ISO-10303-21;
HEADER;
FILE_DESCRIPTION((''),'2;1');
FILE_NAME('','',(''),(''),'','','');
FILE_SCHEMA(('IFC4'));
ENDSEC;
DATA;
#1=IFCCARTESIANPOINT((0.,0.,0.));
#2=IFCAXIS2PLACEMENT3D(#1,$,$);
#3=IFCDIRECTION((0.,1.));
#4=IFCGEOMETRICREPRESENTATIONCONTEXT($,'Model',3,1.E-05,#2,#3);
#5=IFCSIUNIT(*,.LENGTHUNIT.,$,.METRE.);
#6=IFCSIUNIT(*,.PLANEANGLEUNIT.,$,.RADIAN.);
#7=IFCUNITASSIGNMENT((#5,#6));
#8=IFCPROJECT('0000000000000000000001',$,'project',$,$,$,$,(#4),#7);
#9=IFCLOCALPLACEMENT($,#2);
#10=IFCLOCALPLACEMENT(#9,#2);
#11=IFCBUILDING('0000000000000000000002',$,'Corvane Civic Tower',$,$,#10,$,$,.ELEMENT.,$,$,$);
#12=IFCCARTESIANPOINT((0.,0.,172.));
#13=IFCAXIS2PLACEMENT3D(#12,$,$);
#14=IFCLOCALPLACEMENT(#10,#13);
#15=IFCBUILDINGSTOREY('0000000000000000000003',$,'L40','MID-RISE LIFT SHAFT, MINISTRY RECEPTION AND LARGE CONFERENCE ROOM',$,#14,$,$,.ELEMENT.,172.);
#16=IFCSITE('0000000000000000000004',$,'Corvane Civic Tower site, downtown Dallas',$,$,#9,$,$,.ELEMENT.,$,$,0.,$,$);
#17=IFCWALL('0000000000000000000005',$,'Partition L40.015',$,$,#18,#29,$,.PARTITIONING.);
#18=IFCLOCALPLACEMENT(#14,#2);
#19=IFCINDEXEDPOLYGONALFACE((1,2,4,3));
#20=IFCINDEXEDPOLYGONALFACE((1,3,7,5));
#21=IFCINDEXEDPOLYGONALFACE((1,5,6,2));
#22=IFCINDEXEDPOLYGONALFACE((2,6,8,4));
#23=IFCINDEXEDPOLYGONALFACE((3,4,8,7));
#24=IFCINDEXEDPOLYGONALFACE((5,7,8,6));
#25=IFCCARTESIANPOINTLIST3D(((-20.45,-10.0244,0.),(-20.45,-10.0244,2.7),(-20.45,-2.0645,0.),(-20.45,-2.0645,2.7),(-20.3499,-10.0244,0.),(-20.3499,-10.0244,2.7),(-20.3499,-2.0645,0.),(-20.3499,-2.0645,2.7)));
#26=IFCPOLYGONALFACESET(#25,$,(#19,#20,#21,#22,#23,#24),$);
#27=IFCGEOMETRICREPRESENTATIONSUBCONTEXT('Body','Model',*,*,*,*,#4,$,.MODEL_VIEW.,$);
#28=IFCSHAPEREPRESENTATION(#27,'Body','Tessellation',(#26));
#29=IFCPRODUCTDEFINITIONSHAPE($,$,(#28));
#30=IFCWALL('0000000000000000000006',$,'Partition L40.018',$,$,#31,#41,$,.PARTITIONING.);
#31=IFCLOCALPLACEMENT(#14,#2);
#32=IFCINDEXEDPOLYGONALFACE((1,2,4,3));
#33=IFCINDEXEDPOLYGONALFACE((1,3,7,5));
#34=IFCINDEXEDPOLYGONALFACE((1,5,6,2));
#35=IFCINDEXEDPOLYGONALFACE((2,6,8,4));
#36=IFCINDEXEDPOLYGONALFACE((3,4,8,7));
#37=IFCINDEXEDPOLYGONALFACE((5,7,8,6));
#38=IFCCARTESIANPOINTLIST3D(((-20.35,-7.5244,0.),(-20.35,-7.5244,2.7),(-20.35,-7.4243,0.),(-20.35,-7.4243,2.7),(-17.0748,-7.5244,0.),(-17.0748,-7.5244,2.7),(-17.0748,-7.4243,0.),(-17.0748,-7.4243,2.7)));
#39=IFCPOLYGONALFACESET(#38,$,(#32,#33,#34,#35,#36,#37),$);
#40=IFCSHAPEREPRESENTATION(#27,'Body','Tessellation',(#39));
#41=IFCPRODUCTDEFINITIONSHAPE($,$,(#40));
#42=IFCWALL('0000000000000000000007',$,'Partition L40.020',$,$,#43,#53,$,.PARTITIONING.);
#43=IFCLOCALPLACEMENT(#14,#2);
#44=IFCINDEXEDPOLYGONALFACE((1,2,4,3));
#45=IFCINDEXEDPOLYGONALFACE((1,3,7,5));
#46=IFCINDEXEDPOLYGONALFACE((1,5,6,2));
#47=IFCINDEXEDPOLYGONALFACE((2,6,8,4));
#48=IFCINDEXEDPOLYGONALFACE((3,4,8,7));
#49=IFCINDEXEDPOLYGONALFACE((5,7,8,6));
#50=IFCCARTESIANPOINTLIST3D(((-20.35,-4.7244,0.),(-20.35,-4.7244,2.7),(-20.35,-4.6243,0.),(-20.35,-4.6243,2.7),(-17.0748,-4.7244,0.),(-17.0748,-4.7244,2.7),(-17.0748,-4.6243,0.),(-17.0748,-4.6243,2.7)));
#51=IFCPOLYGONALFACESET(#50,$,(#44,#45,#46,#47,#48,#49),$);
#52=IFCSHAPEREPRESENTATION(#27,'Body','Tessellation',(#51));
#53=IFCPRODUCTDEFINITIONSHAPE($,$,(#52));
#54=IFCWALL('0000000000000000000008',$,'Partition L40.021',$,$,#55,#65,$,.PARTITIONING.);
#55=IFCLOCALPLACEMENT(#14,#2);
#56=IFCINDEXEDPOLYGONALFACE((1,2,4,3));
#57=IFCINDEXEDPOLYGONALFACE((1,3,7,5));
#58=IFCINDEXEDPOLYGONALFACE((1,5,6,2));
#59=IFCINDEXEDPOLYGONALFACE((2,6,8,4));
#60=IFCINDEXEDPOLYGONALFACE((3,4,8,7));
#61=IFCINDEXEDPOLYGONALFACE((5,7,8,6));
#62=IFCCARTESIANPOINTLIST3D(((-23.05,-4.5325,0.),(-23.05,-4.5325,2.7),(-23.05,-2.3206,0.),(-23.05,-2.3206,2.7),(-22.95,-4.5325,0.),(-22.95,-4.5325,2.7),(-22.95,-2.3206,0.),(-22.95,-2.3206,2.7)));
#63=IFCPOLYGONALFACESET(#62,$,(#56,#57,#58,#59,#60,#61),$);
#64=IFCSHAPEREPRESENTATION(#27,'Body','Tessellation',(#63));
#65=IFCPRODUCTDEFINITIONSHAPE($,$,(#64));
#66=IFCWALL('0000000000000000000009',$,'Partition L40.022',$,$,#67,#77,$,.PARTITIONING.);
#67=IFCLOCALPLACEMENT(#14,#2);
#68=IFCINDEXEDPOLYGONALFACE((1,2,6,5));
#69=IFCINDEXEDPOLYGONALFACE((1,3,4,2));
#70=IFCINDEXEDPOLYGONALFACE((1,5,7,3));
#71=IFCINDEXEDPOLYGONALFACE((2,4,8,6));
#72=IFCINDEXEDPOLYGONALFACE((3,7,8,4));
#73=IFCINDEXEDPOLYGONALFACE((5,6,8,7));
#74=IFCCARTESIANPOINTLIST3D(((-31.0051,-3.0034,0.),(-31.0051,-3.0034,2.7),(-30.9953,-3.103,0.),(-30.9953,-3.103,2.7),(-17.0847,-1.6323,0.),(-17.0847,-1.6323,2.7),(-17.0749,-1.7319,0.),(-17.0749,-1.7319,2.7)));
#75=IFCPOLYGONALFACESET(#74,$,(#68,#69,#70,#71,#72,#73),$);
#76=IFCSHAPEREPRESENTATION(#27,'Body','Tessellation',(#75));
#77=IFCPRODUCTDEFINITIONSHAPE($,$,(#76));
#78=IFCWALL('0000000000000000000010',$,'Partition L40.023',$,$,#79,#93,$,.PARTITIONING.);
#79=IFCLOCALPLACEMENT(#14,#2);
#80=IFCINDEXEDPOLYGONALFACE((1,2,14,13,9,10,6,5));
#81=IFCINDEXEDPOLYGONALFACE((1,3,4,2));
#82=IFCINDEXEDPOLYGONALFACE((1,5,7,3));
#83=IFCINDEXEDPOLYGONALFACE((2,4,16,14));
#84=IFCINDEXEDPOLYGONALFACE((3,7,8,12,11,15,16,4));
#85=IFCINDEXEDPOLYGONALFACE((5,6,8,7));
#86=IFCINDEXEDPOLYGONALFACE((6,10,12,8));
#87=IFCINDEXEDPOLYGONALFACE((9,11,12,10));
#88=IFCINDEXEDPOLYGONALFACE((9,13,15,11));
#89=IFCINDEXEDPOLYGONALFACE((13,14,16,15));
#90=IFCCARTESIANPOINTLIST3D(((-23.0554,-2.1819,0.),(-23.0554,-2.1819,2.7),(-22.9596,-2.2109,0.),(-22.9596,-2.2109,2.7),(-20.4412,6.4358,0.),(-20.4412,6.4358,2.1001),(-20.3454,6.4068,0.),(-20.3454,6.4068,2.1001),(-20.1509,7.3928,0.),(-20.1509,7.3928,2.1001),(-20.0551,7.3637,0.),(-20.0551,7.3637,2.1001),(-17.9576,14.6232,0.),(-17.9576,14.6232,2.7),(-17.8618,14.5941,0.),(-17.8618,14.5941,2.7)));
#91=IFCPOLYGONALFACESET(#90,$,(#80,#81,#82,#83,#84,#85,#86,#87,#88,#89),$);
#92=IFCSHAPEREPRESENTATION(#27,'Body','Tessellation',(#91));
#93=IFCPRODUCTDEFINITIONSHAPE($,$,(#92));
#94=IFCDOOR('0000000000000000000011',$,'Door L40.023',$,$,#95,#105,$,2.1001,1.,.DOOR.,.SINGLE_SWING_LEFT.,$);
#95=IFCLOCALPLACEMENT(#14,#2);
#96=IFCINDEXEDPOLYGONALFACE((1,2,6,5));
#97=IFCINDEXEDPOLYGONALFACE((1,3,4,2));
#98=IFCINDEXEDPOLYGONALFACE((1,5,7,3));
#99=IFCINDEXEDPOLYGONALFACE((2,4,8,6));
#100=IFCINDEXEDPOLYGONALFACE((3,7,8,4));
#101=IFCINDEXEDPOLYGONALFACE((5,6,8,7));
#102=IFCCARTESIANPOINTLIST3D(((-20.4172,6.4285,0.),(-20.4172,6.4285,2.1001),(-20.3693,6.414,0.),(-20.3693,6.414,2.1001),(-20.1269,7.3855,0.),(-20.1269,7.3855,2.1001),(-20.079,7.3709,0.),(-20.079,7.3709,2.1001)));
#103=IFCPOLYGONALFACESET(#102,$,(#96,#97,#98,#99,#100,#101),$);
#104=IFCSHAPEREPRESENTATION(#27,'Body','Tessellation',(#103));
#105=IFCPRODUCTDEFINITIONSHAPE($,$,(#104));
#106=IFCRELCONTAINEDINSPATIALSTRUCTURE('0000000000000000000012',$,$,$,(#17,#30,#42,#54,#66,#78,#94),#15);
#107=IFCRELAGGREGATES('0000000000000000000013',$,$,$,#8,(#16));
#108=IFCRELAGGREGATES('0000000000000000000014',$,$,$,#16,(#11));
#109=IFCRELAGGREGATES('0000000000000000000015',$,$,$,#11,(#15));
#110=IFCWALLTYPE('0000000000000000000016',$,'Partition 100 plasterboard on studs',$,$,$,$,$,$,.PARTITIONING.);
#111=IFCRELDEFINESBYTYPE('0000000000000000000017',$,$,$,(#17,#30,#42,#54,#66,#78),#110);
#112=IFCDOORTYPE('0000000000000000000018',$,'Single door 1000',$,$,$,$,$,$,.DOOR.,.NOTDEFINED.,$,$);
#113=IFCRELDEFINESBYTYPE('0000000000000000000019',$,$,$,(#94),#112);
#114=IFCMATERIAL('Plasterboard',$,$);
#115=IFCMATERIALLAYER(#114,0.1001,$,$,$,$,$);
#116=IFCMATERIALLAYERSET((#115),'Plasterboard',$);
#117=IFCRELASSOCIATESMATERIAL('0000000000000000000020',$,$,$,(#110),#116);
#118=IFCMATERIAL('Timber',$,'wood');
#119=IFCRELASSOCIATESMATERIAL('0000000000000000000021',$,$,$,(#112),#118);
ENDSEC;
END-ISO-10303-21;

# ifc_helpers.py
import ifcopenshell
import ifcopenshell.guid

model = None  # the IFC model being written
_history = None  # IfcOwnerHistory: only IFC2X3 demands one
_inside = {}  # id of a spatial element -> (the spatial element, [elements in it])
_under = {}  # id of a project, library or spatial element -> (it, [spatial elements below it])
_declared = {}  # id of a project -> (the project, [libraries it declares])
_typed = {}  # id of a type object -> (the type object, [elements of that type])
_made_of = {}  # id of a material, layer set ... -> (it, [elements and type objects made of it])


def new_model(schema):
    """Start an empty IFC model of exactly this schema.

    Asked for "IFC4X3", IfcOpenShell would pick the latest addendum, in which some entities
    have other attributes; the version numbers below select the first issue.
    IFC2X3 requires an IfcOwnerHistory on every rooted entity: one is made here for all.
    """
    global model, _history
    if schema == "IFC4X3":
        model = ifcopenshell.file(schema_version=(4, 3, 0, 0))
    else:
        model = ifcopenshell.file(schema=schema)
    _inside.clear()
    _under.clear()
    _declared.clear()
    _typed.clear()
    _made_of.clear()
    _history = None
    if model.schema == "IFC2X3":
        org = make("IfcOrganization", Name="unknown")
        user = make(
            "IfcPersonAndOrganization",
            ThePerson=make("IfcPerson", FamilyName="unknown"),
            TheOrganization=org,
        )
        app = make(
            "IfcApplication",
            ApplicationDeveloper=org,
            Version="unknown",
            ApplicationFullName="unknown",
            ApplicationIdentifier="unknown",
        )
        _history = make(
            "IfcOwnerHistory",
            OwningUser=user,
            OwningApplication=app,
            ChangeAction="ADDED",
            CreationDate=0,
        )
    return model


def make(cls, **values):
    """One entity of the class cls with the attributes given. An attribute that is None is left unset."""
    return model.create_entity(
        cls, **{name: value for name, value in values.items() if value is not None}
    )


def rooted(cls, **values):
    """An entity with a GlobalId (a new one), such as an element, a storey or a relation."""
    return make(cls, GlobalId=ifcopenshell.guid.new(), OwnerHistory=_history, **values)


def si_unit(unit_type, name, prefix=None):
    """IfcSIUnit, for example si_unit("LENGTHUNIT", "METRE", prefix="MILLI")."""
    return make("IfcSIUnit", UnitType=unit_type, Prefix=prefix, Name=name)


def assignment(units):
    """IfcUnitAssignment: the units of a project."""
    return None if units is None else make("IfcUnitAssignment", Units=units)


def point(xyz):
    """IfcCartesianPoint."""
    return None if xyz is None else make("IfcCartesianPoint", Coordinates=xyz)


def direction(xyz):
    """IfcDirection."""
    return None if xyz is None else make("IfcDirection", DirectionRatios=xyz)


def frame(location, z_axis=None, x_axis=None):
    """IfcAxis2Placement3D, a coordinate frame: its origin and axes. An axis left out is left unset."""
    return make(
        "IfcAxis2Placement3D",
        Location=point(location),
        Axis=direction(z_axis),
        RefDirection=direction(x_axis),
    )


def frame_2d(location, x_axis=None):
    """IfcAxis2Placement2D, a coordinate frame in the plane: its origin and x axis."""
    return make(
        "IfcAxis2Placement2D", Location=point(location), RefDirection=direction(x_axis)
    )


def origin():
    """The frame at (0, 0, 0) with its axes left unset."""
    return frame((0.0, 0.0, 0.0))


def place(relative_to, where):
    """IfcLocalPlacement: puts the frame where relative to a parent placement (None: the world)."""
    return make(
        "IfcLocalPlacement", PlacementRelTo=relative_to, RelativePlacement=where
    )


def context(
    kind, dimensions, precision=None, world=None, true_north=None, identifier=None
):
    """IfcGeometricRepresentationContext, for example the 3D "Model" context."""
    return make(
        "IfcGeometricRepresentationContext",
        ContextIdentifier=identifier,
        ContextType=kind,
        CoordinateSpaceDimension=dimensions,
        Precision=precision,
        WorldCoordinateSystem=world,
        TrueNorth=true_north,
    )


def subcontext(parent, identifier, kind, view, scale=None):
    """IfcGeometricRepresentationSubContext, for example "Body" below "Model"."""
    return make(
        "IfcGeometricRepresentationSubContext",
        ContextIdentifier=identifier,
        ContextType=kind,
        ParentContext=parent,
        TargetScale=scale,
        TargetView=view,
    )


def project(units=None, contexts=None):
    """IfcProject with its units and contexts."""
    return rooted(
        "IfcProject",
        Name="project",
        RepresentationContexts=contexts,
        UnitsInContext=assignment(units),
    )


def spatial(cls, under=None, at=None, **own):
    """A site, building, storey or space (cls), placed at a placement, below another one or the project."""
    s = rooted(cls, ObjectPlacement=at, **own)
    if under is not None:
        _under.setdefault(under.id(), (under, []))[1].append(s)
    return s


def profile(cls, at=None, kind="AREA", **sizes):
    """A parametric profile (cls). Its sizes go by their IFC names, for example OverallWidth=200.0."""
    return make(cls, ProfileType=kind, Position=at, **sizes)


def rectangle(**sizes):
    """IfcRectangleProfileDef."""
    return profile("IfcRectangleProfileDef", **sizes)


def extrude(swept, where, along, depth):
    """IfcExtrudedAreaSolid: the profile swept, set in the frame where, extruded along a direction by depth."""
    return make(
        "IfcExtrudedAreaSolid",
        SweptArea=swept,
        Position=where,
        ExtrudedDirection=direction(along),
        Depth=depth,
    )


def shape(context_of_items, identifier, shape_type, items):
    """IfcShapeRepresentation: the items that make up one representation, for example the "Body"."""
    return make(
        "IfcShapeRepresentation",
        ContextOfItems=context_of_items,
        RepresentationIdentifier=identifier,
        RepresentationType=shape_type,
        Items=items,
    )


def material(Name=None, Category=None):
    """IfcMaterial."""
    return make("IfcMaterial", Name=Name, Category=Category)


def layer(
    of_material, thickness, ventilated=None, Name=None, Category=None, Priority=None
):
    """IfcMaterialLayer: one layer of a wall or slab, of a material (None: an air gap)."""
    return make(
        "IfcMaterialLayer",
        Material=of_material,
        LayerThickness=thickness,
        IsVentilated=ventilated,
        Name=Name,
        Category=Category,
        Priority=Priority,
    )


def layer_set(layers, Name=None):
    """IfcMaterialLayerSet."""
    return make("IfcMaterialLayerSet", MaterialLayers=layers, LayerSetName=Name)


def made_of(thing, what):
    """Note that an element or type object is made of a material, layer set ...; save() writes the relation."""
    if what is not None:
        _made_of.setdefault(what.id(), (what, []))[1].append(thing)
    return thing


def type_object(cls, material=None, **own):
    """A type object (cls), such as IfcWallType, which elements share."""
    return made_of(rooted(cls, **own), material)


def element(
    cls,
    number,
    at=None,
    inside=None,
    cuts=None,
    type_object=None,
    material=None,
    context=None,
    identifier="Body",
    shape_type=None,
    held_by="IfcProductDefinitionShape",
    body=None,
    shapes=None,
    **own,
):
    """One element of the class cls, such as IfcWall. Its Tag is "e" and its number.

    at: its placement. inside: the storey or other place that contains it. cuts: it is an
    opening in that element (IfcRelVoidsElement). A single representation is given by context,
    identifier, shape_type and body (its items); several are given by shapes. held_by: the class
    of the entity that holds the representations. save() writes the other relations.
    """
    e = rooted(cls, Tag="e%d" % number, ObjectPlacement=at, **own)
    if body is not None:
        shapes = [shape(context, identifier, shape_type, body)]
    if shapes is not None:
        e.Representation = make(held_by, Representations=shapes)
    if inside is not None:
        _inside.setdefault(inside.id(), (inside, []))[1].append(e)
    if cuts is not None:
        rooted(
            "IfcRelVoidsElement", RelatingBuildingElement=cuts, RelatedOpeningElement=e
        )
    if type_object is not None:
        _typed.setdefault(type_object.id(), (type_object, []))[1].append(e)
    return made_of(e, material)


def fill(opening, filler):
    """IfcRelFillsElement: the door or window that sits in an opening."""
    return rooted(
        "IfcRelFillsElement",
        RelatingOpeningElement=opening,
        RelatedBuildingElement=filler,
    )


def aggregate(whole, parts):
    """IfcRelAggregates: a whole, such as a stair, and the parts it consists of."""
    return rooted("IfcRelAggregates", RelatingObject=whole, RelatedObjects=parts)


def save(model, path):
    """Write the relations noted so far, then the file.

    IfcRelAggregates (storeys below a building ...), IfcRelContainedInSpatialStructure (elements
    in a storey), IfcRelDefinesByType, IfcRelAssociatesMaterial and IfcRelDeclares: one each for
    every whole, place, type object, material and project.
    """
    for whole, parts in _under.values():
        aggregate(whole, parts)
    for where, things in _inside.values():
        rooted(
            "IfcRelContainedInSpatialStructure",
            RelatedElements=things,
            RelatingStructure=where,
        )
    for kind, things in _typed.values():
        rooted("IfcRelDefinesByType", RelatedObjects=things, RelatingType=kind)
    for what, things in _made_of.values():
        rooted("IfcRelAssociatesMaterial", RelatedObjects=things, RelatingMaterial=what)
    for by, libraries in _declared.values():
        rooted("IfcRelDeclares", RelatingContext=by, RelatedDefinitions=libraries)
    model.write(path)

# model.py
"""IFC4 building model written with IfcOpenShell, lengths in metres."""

from ifc_helpers import new_model, si_unit, direction, frame, frame_2d, origin, place, context, subcontext, project, spatial, rectangle, extrude, material, layer, layer_set, type_object, element, fill, save


model = new_model("IFC4")

# Units and contexts
model_context = context("Model", 3, precision=1e-05, world=origin(), true_north=direction((0.0, 1.0)))
body_context = subcontext(model_context, "Body", "Model", "MODEL_VIEW")
ifc_project = project(units=[si_unit("LENGTHUNIT", "METRE"), si_unit("PLANEANGLEUNIT", "RADIAN")], contexts=[model_context])

# Site, building, storey
site_placement = place(None, origin())
site = spatial("IfcSite", under=ifc_project, at=site_placement, Name="Corvane Civic Tower site, downtown Dallas", CompositionType="ELEMENT", RefElevation=0.0)
building_placement = place(site_placement, origin())
building = spatial("IfcBuilding", under=site, at=building_placement, Name="Corvane Civic Tower", CompositionType="ELEMENT")
storey_placement = place(building_placement, frame((0.0, 0.0, 172.0)))
storey = spatial("IfcBuildingStorey", under=building, at=storey_placement, Name="L40", Description="MID-RISE LIFT SHAFT, MINISTRY RECEPTION AND LARGE CONFERENCE ROOM", CompositionType="ELEMENT", Elevation=172.0)

# Shared definitions
ifc_material_1 = material(Name="Plasterboard")
ifc_layer_1 = layer(ifc_material_1, 0.1001)
ifc_layer_set_1 = layer_set([ifc_layer_1], Name="Plasterboard")
wall_type = type_object("IfcWallType", Name="Partition 100 plasterboard on studs", PredefinedType="PARTITIONING", material=ifc_layer_set_1)
ifc_material_2 = material(Name="Timber", Category="wood")
door_type = type_object("IfcDoorType", Name="Single door 1000", OperationType="NOTDEFINED", PredefinedType="DOOR", material=ifc_material_2)

# Walls
wall_1_placement = place(storey_placement, frame((-20.3999, -10.0244, 0.0), z_axis=(0.0, 0.0, 1.0), x_axis=(0.0, 1.0, 0.0)))
element("IfcWall", 1, at=wall_1_placement, inside=storey, type_object=wall_type, Name="Partition L40.015", PredefinedType="PARTITIONING", context=body_context, shape_type="SweptSolid", body=[
    extrude(rectangle(XDim=7.96, YDim=0.1001, at=frame_2d((3.98, 0.0))), origin(), (0.0, 0.0, 1.0), 2.7),
])
for number, where, z_axis, x_axis, name in (
    (2, (-20.3501, -7.4744, 0.0), (0.0, 0.0, 1.0), (1.0, 0.0, 0.0), "Partition L40.018"),
    (3, (-20.3501, -4.6743, 0.0), (0.0, 0.0, 1.0), (1.0, 0.0, 0.0), "Partition L40.020"),
):
    element("IfcWall", number, at=place(storey_placement, frame(where, z_axis=z_axis, x_axis=x_axis)), inside=storey, type_object=wall_type, Name=name, PredefinedType="PARTITIONING", context=body_context, shape_type="SweptSolid", body=[
        extrude(rectangle(XDim=3.2751, YDim=0.1001, at=frame_2d((1.6377, 0.0))), origin(), (0.0, 0.0, 1.0), 2.7),
    ])
wall_2_placement = place(storey_placement, frame((-23.0, -4.5325, 0.0), z_axis=(0.0, 0.0, 1.0), x_axis=(0.0, 1.0, 0.0)))
element("IfcWall", 4, at=wall_2_placement, inside=storey, type_object=wall_type, Name="Partition L40.021", PredefinedType="PARTITIONING", context=body_context, shape_type="SweptSolid", body=[
    extrude(rectangle(XDim=2.2119, YDim=0.1001, at=frame_2d((1.106, 0.0))), origin(), (0.0, 0.0, 1.0), 2.7),
])
wall_3_placement = place(storey_placement, frame((-31.0002, -3.0532, 0.0), z_axis=(0.0, 0.0, 1.0), x_axis=(0.995184, 0.098021, 0.0)))
element("IfcWall", 5, at=wall_3_placement, inside=storey, type_object=wall_type, Name="Partition L40.022", PredefinedType="PARTITIONING", context=body_context, shape_type="SweptSolid", body=[
    extrude(rectangle(XDim=13.9878, YDim=0.1001, at=frame_2d((6.9939, 0.0))), origin(), (0.0, 0.0, 1.0), 2.7),
])

# Wall, opening, door
wall_4_placement = place(storey_placement, frame((-23.0076, -2.1965, 0.0), z_axis=(0.0, 0.0, 1.0), x_axis=(0.29029, 0.956939, 0.0)))
wall_4 = element("IfcWall", 6, at=wall_4_placement, inside=storey, type_object=wall_type, Name="Partition L40.023", PredefinedType="PARTITIONING", context=body_context, shape_type="SweptSolid", body=[
    extrude(rectangle(XDim=17.5613, YDim=0.1001, at=frame_2d((8.7808, 0.0))), origin(), (0.0, 0.0, 1.0), 2.7),
])
opening_1_placement = place(wall_4_placement, frame((9.0056, 0.0, 0.0)))
opening_1 = element("IfcOpeningElement", 7, at=opening_1_placement, cuts=wall_4, PredefinedType="OPENING", context=body_context, shape_type="SweptSolid", body=[
    extrude(rectangle(XDim=1.0, YDim=2.1001, at=frame_2d((0.5, 1.05))), frame((0.0, 0.0601, 0.0), z_axis=(0.0, -1.0, 0.0), x_axis=(1.0, 0.0, 0.0)), (0.0, 0.0, 1.0), 0.1201),
])
door_1_placement = place(opening_1_placement, origin())
door_1 = element("IfcDoor", 8, at=door_1_placement, inside=storey, type_object=door_type, Name="Door L40.023", OperationType="SINGLE_SWING_LEFT", OverallHeight=2.1001, OverallWidth=1.0, PredefinedType="DOOR", context=body_context, shape_type="SweptSolid", body=[
    extrude(rectangle(XDim=1.0, YDim=2.1001, at=frame_2d((0.5, 1.05))), frame((0.0, 0.0249, 0.0), z_axis=(0.0, -1.0, 0.0), x_axis=(1.0, 0.0, 0.0)), (0.0, 0.0, 1.0), 0.05),
])
fill(opening_1, door_1)

save(model, "model.ifc")
